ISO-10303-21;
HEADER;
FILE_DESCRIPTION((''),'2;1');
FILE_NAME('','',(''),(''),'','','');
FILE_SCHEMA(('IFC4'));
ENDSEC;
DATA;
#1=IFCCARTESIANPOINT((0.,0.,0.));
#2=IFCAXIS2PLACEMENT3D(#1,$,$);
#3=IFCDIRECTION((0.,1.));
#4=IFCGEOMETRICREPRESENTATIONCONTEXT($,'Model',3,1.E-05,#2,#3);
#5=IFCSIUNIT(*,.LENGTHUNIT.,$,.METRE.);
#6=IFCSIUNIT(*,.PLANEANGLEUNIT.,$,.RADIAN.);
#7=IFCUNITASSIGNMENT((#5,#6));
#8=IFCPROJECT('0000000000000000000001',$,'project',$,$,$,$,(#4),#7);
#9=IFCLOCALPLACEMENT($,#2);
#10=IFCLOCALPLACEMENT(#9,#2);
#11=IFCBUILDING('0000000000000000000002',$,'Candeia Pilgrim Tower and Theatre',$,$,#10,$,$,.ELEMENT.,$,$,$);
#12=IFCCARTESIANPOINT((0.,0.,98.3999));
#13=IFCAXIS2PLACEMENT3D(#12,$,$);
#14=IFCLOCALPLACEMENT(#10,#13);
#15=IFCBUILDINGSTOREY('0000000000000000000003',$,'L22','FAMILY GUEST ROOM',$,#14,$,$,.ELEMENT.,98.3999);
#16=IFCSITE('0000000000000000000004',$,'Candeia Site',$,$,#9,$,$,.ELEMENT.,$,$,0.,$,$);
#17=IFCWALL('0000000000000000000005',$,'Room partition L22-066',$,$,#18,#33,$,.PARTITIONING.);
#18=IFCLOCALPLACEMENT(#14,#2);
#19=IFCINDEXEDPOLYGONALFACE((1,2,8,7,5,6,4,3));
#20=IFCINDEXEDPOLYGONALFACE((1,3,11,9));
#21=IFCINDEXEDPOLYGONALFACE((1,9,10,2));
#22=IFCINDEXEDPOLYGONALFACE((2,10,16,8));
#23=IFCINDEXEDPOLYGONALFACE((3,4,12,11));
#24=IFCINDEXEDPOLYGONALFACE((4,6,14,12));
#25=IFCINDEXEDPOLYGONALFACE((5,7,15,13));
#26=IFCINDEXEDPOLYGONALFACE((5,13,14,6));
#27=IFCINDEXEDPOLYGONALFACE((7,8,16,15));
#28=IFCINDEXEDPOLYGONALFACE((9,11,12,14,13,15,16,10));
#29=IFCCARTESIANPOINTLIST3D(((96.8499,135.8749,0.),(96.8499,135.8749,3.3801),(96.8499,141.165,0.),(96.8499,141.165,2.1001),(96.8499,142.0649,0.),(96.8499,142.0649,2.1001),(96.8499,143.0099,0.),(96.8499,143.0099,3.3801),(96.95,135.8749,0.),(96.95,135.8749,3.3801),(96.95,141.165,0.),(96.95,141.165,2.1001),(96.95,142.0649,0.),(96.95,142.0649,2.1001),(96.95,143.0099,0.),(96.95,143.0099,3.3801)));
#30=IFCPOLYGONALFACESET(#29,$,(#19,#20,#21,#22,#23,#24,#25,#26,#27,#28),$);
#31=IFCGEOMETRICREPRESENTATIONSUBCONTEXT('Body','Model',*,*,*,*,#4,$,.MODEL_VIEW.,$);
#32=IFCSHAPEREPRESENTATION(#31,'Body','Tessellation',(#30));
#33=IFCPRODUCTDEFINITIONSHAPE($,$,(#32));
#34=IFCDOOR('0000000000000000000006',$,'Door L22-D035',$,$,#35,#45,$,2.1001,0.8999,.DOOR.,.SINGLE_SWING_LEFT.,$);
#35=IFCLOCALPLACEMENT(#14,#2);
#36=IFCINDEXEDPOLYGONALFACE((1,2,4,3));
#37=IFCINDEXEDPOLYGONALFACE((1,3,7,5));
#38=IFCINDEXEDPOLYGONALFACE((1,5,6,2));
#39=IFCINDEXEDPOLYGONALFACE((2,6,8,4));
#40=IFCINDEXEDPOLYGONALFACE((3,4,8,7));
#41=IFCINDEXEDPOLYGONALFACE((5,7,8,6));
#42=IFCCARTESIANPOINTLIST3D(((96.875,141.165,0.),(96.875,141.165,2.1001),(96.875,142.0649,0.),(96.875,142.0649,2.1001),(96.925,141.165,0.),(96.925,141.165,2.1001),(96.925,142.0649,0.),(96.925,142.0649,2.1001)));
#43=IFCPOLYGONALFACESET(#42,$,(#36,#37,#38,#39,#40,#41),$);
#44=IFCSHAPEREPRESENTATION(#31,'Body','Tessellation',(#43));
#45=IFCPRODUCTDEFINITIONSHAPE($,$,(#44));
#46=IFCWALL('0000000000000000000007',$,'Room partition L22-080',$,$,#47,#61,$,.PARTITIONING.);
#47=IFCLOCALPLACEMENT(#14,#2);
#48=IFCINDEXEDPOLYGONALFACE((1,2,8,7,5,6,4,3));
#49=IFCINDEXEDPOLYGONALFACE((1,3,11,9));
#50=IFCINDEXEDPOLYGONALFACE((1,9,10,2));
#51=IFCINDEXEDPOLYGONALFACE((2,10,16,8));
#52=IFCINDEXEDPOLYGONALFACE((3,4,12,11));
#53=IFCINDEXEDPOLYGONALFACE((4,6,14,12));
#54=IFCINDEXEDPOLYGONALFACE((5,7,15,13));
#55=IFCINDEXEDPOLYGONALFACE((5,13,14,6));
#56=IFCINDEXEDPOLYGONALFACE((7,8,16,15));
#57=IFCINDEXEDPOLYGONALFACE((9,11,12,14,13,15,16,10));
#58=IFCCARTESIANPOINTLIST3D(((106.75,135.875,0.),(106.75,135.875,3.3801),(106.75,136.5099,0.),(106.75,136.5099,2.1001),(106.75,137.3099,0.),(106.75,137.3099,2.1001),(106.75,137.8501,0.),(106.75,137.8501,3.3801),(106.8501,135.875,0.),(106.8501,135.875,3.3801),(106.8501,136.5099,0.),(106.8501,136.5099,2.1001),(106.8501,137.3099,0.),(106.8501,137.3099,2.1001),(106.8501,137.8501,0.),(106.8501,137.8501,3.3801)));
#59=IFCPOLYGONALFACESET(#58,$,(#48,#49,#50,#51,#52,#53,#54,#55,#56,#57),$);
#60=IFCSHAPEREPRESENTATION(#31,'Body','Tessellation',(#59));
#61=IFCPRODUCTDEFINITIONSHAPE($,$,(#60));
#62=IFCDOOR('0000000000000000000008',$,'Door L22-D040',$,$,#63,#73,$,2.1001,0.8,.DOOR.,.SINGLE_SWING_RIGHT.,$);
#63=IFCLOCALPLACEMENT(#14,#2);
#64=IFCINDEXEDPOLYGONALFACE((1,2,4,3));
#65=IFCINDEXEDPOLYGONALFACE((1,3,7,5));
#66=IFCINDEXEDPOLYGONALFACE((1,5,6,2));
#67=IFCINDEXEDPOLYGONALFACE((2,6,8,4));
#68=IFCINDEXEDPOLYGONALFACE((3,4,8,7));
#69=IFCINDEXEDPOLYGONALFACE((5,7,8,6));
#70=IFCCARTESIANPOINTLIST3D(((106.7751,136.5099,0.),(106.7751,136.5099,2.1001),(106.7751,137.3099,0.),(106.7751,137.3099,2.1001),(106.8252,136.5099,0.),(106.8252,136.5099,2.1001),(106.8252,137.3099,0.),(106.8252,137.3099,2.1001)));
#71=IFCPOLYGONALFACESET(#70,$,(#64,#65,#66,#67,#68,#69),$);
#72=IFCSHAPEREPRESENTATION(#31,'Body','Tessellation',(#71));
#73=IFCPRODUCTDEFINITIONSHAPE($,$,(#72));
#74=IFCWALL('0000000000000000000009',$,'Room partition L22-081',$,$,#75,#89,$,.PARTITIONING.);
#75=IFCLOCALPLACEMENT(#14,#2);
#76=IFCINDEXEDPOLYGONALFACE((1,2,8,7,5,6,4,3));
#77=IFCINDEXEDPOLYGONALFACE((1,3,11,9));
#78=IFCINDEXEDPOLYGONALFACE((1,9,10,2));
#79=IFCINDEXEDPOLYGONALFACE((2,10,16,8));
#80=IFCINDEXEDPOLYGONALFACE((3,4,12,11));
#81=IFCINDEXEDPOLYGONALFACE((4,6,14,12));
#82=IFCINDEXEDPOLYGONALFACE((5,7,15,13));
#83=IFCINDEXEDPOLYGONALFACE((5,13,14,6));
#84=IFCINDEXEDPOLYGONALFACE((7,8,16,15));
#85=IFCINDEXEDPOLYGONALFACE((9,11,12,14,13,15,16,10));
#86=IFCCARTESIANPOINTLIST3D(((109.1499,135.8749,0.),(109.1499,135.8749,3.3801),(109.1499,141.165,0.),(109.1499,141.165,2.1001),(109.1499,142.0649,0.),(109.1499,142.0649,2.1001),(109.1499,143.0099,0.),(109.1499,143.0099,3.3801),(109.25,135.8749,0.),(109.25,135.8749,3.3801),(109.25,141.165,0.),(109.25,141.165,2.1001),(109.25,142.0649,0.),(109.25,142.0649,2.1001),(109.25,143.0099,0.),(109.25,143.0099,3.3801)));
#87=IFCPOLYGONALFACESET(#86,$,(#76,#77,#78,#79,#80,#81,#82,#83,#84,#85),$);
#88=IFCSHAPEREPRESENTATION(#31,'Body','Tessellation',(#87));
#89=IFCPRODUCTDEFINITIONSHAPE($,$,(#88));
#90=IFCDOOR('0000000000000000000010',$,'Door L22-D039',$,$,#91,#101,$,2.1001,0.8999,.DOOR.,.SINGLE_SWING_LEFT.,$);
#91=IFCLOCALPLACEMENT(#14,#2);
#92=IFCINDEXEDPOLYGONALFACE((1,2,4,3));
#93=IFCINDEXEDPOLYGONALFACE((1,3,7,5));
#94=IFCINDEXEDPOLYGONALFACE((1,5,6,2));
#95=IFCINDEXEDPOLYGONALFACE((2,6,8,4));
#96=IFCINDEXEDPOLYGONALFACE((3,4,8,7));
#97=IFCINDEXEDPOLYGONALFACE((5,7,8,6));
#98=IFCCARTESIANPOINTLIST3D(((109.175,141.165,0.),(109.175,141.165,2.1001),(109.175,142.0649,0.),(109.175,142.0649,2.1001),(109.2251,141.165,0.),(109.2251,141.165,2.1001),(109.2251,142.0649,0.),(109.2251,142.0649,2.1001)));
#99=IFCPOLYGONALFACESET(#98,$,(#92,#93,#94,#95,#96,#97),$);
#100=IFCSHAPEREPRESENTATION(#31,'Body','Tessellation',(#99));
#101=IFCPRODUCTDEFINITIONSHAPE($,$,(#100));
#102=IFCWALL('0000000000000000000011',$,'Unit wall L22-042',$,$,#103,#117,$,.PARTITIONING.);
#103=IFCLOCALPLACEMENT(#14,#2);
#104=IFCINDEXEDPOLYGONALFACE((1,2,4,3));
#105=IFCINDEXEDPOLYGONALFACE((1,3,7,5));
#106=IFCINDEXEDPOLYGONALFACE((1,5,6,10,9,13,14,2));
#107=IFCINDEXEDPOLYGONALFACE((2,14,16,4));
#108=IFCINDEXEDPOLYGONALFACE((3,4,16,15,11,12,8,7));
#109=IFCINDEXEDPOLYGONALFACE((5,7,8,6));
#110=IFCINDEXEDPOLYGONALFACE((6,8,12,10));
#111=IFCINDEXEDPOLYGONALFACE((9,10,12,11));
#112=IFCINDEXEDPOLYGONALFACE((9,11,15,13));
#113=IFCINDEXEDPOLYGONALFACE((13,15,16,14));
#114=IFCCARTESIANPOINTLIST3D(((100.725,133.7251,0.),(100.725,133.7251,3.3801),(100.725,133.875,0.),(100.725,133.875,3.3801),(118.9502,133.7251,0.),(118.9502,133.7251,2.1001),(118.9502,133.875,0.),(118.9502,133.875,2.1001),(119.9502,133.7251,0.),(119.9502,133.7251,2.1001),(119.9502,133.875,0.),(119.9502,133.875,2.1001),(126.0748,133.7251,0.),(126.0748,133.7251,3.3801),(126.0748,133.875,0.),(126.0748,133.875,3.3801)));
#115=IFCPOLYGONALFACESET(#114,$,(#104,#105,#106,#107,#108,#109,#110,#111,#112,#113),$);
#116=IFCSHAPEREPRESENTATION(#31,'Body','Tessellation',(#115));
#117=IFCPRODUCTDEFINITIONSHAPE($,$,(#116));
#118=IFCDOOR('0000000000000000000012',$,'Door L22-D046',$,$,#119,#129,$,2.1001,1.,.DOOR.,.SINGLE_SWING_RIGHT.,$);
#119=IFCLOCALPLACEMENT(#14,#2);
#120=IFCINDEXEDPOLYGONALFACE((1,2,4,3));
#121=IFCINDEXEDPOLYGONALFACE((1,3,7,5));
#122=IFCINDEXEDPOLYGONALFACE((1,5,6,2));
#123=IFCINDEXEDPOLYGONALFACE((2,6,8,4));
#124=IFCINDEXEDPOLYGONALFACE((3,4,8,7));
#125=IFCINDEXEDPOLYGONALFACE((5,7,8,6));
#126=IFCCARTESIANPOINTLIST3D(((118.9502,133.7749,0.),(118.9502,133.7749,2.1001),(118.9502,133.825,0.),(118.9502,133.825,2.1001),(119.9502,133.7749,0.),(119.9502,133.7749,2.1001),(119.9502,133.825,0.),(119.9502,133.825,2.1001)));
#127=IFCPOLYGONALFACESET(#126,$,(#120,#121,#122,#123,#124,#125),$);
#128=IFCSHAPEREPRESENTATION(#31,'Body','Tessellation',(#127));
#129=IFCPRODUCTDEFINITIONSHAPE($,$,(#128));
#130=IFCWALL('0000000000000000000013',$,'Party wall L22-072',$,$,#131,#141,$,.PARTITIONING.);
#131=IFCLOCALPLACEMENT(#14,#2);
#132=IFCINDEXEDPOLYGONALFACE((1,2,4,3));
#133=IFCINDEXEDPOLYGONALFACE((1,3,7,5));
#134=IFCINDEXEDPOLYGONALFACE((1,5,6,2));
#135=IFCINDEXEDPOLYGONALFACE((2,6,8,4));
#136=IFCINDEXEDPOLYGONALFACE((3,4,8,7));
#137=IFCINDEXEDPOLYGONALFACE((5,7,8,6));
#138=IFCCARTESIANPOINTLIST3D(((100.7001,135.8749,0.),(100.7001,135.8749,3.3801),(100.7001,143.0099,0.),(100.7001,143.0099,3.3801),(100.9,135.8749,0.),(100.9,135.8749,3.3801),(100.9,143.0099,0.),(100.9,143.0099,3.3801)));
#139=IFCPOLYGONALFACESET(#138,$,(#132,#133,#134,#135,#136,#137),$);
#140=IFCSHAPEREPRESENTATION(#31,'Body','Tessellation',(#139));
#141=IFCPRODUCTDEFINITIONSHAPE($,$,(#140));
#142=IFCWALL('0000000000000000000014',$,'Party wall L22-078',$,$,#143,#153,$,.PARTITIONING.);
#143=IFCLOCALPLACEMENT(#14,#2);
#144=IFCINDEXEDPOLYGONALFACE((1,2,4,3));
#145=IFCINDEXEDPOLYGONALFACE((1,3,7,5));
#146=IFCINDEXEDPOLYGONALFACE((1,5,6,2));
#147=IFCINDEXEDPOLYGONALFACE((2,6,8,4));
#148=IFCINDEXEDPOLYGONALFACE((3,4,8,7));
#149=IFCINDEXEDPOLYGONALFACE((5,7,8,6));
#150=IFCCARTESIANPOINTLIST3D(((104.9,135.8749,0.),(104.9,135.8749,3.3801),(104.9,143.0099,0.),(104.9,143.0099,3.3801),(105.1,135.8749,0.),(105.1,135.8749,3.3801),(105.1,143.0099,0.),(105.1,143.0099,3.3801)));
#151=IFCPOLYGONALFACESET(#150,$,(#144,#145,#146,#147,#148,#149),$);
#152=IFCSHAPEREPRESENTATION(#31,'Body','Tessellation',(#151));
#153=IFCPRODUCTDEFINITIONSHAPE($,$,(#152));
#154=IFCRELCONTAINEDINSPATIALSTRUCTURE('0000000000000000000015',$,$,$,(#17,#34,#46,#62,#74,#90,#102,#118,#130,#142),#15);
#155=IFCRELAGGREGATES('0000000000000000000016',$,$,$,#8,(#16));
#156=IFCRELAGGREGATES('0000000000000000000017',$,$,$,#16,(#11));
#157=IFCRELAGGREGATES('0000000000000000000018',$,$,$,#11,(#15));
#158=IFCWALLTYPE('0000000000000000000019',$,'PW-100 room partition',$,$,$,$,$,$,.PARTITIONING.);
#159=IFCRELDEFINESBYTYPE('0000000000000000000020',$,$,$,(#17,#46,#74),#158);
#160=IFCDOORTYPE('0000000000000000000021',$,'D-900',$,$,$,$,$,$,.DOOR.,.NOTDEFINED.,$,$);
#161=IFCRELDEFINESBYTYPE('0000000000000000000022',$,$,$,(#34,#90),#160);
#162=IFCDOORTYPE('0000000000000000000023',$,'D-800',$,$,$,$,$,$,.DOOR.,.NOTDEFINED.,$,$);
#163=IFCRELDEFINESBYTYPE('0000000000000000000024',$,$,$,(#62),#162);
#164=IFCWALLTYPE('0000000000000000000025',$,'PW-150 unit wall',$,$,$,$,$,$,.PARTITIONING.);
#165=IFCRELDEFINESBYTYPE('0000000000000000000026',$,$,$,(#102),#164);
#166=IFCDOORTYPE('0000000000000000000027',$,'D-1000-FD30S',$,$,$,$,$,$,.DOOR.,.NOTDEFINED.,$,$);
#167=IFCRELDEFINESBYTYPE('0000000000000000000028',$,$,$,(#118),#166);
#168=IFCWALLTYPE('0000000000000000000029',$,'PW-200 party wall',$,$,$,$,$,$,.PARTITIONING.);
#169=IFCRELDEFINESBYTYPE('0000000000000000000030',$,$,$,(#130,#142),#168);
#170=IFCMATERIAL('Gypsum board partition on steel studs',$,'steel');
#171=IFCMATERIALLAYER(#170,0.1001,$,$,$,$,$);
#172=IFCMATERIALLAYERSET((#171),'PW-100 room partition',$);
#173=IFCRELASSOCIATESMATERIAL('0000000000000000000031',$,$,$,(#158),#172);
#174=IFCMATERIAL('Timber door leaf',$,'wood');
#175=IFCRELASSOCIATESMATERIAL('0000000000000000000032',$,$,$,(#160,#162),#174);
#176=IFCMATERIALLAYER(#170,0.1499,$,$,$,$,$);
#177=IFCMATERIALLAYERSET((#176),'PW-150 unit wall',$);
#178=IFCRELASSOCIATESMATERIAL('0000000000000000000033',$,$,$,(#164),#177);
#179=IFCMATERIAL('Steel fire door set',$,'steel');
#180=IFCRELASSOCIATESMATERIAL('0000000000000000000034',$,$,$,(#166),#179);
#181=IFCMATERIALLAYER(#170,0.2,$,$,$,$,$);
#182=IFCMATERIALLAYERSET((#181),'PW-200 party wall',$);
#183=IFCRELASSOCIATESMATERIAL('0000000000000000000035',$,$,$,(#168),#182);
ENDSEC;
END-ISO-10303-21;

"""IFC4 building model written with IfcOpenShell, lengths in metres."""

from ifc_helpers import new_model, si_unit, direction, frame, frame_2d, origin, place, context, subcontext, project, spatial, rectangle, extrude, material, layer, layer_set, type_object, element, fill, save


model = new_model("IFC4")

# Units and contexts
model_context = context("Model", 3, precision=1e-05, world=origin(), true_north=direction((0.0, 1.0)))
body_context = subcontext(model_context, "Body", "Model", "MODEL_VIEW")
ifc_project = project(units=[si_unit("LENGTHUNIT", "METRE"), si_unit("PLANEANGLEUNIT", "RADIAN")], contexts=[model_context])

# Site, building, storey
site_placement = place(None, origin())
site = spatial("IfcSite", under=ifc_project, at=site_placement, Name="Candeia Site", CompositionType="ELEMENT", RefElevation=0.0)
building_placement = place(site_placement, origin())
building = spatial("IfcBuilding", under=site, at=building_placement, Name="Candeia Pilgrim Tower and Theatre", CompositionType="ELEMENT")
storey_placement = place(building_placement, frame((0.0, 0.0, 98.3999)))
storey = spatial("IfcBuildingStorey", under=building, at=storey_placement, Name="L22", Description="FAMILY GUEST ROOM", CompositionType="ELEMENT", Elevation=98.3999)

# Shared definitions
ifc_material_1 = material(Name="Gypsum board partition on steel studs", Category="steel")
ifc_layer_1 = layer(ifc_material_1, 0.1001)
ifc_layer_set_1 = layer_set([ifc_layer_1], Name="PW-100 room partition")
wall_type_1 = type_object("IfcWallType", Name="PW-100 room partition", PredefinedType="PARTITIONING", material=ifc_layer_set_1)

# Walls, openings, doors
wall_1_placement = place(storey_placement, frame((96.8999, 135.875, 0.0), z_axis=(0.0, 0.0, 1.0), x_axis=(0.0, 1.0, 0.0)))
wall_1 = element("IfcWall", 1, at=wall_1_placement, inside=storey, type_object=wall_type_1, Name="Room partition L22-066", PredefinedType="PARTITIONING", context=body_context, shape_type="SweptSolid", body=[
    extrude(rectangle(XDim=7.135, YDim=0.1001, at=frame_2d((3.5674, 0.0))), origin(), (0.0, 0.0, 1.0), 3.3801),
])
opening_1_placement = place(wall_1_placement, frame((5.29, 0.0, 0.0)))
opening_1 = element("IfcOpeningElement", 2, at=opening_1_placement, cuts=wall_1, PredefinedType="OPENING", context=body_context, shape_type="SweptSolid", body=[
    extrude(rectangle(XDim=0.8999, YDim=2.1001, at=frame_2d((0.45, 1.05))), frame((0.0, 0.0601, 0.0), z_axis=(0.0, -1.0, 0.0), x_axis=(1.0, 0.0, 0.0)), (0.0, 0.0, 1.0), 0.1201),
])
ifc_material_2 = material(Name="Timber door leaf", Category="wood")
door_type_1 = type_object("IfcDoorType", Name="D-900", OperationType="NOTDEFINED", PredefinedType="DOOR", material=ifc_material_2)
door_1_placement = place(opening_1_placement, origin())
door_1 = element("IfcDoor", 3, at=door_1_placement, inside=storey, type_object=door_type_1, Name="Door L22-D035", OperationType="SINGLE_SWING_LEFT", OverallHeight=2.1001, OverallWidth=0.8999, PredefinedType="DOOR", context=body_context, shape_type="SweptSolid", body=[
    extrude(rectangle(XDim=0.8999, YDim=2.1001, at=frame_2d((0.45, 1.05))), frame((0.0, 0.0249, 0.0), z_axis=(0.0, -1.0, 0.0), x_axis=(1.0, 0.0, 0.0)), (0.0, 0.0, 1.0), 0.05),
])
fill(opening_1, door_1)
wall_2_placement = place(storey_placement, frame((106.8, 135.875, 0.0), z_axis=(0.0, 0.0, 1.0), x_axis=(0.0, 1.0, 0.0)))
wall_2 = element("IfcWall", 4, at=wall_2_placement, inside=storey, type_object=wall_type_1, Name="Room partition L22-080", PredefinedType="PARTITIONING", context=body_context, shape_type="SweptSolid", body=[
    extrude(rectangle(XDim=1.9751, YDim=0.1001, at=frame_2d((0.9875, 0.0))), origin(), (0.0, 0.0, 1.0), 3.3801),
])
opening_2_placement = place(wall_2_placement, frame((0.635, 0.0, 0.0)))
opening_2 = element("IfcOpeningElement", 5, at=opening_2_placement, cuts=wall_2, PredefinedType="OPENING", context=body_context, shape_type="SweptSolid", body=[
    extrude(rectangle(XDim=0.8, YDim=2.1001, at=frame_2d((0.3999, 1.05))), frame((0.0, 0.0601, 0.0), z_axis=(0.0, -1.0, 0.0), x_axis=(1.0, 0.0, 0.0)), (0.0, 0.0, 1.0), 0.1201),
])
door_type_2 = type_object("IfcDoorType", Name="D-800", OperationType="NOTDEFINED", PredefinedType="DOOR", material=ifc_material_2)
door_2_placement = place(opening_2_placement, origin())
door_2 = element("IfcDoor", 6, at=door_2_placement, inside=storey, type_object=door_type_2, Name="Door L22-D040", OperationType="SINGLE_SWING_RIGHT", OverallHeight=2.1001, OverallWidth=0.8, PredefinedType="DOOR", context=body_context, shape_type="SweptSolid", body=[
    extrude(rectangle(XDim=0.8, YDim=2.1001, at=frame_2d((0.3999, 1.05))), frame((0.0, 0.0249, 0.0), z_axis=(0.0, -1.0, 0.0), x_axis=(1.0, 0.0, 0.0)), (0.0, 0.0, 1.0), 0.05),
])
fill(opening_2, door_2)
wall_3_placement = place(storey_placement, frame((109.2, 135.875, 0.0), z_axis=(0.0, 0.0, 1.0), x_axis=(0.0, 1.0, 0.0)))
wall_3 = element("IfcWall", 7, at=wall_3_placement, inside=storey, type_object=wall_type_1, Name="Room partition L22-081", PredefinedType="PARTITIONING", context=body_context, shape_type="SweptSolid", body=[
    extrude(rectangle(XDim=7.135, YDim=0.1001, at=frame_2d((3.5674, 0.0))), origin(), (0.0, 0.0, 1.0), 3.3801),
])
opening_3_placement = place(wall_3_placement, frame((5.29, 0.0, 0.0)))
opening_3 = element("IfcOpeningElement", 8, at=opening_3_placement, cuts=wall_3, PredefinedType="OPENING", context=body_context, shape_type="SweptSolid", body=[
    extrude(rectangle(XDim=0.8999, YDim=2.1001, at=frame_2d((0.45, 1.05))), frame((0.0, 0.0601, 0.0), z_axis=(0.0, -1.0, 0.0), x_axis=(1.0, 0.0, 0.0)), (0.0, 0.0, 1.0), 0.1201),
])
door_3_placement = place(opening_3_placement, origin())
door_3 = element("IfcDoor", 9, at=door_3_placement, inside=storey, type_object=door_type_1, Name="Door L22-D039", OperationType="SINGLE_SWING_LEFT", OverallHeight=2.1001, OverallWidth=0.8999, PredefinedType="DOOR", context=body_context, shape_type="SweptSolid", body=[
    extrude(rectangle(XDim=0.8999, YDim=2.1001, at=frame_2d((0.45, 1.05))), frame((0.0, 0.0249, 0.0), z_axis=(0.0, -1.0, 0.0), x_axis=(1.0, 0.0, 0.0)), (0.0, 0.0, 1.0), 0.05),
])
fill(opening_3, door_3)
ifc_layer_2 = layer(ifc_material_1, 0.1499)
ifc_layer_set_2 = layer_set([ifc_layer_2], Name="PW-150 unit wall")
wall_type_2 = type_object("IfcWallType", Name="PW-150 unit wall", PredefinedType="PARTITIONING", material=ifc_layer_set_2)
wall_4_placement = place(storey_placement, frame((100.7251, 133.8, 0.0), z_axis=(0.0, 0.0, 1.0), x_axis=(1.0, 0.0, 0.0)))
wall_4 = element("IfcWall", 10, at=wall_4_placement, inside=storey, type_object=wall_type_2, Name="Unit wall L22-042", PredefinedType="PARTITIONING", context=body_context, shape_type="SweptSolid", body=[
    extrude(rectangle(XDim=25.3499, YDim=0.1499, at=frame_2d((12.6748, 0.0))), origin(), (0.0, 0.0, 1.0), 3.3801),
])
opening_4_placement = place(wall_4_placement, frame((18.2251, 0.0, 0.0)))
opening_4 = element("IfcOpeningElement", 11, at=opening_4_placement, cuts=wall_4, PredefinedType="OPENING", context=body_context, shape_type="SweptSolid", body=[
    extrude(rectangle(XDim=1.0, YDim=2.1001, at=frame_2d((0.5, 1.05))), frame((0.0, 0.085, 0.0), z_axis=(0.0, -1.0, 0.0), x_axis=(1.0, 0.0, 0.0)), (0.0, 0.0, 1.0), 0.1699),
])
ifc_material_3 = material(Name="Steel fire door set", Category="steel")
door_type_3 = type_object("IfcDoorType", Name="D-1000-FD30S", OperationType="NOTDEFINED", PredefinedType="DOOR", material=ifc_material_3)
door_4_placement = place(opening_4_placement, origin())
door_4 = element("IfcDoor", 12, at=door_4_placement, inside=storey, type_object=door_type_3, Name="Door L22-D046", OperationType="SINGLE_SWING_RIGHT", OverallHeight=2.1001, OverallWidth=1.0, PredefinedType="DOOR", context=body_context, shape_type="SweptSolid", body=[
    extrude(rectangle(XDim=1.0, YDim=2.1001, at=frame_2d((0.5, 1.05))), frame((0.0, 0.0249, 0.0), z_axis=(0.0, -1.0, 0.0), x_axis=(1.0, 0.0, 0.0)), (0.0, 0.0, 1.0), 0.05),
])
fill(opening_4, door_4)

# Walls
ifc_layer_3 = layer(ifc_material_1, 0.2)
ifc_layer_set_3 = layer_set([ifc_layer_3], Name="PW-200 party wall")
wall_type_3 = type_object("IfcWallType", Name="PW-200 party wall", PredefinedType="PARTITIONING", material=ifc_layer_set_3)
for number, where, z_axis, x_axis, name in (
    (13, (100.8, 135.875, 0.0), (0.0, 0.0, 1.0), (0.0, 1.0, 0.0), "Party wall L22-072"),
    (14, (105.0, 135.875, 0.0), (0.0, 0.0, 1.0), (0.0, 1.0, 0.0), "Party wall L22-078"),
):
    element("IfcWall", number, at=place(storey_placement, frame(where, z_axis=z_axis, x_axis=x_axis)), inside=storey, type_object=wall_type_3, Name=name, PredefinedType="PARTITIONING", context=body_context, shape_type="SweptSolid", body=[
        extrude(rectangle(XDim=7.135, YDim=0.2, at=frame_2d((3.5674, 0.0))), origin(), (0.0, 0.0, 1.0), 3.3801),
    ])

save(model, "model.ifc")
